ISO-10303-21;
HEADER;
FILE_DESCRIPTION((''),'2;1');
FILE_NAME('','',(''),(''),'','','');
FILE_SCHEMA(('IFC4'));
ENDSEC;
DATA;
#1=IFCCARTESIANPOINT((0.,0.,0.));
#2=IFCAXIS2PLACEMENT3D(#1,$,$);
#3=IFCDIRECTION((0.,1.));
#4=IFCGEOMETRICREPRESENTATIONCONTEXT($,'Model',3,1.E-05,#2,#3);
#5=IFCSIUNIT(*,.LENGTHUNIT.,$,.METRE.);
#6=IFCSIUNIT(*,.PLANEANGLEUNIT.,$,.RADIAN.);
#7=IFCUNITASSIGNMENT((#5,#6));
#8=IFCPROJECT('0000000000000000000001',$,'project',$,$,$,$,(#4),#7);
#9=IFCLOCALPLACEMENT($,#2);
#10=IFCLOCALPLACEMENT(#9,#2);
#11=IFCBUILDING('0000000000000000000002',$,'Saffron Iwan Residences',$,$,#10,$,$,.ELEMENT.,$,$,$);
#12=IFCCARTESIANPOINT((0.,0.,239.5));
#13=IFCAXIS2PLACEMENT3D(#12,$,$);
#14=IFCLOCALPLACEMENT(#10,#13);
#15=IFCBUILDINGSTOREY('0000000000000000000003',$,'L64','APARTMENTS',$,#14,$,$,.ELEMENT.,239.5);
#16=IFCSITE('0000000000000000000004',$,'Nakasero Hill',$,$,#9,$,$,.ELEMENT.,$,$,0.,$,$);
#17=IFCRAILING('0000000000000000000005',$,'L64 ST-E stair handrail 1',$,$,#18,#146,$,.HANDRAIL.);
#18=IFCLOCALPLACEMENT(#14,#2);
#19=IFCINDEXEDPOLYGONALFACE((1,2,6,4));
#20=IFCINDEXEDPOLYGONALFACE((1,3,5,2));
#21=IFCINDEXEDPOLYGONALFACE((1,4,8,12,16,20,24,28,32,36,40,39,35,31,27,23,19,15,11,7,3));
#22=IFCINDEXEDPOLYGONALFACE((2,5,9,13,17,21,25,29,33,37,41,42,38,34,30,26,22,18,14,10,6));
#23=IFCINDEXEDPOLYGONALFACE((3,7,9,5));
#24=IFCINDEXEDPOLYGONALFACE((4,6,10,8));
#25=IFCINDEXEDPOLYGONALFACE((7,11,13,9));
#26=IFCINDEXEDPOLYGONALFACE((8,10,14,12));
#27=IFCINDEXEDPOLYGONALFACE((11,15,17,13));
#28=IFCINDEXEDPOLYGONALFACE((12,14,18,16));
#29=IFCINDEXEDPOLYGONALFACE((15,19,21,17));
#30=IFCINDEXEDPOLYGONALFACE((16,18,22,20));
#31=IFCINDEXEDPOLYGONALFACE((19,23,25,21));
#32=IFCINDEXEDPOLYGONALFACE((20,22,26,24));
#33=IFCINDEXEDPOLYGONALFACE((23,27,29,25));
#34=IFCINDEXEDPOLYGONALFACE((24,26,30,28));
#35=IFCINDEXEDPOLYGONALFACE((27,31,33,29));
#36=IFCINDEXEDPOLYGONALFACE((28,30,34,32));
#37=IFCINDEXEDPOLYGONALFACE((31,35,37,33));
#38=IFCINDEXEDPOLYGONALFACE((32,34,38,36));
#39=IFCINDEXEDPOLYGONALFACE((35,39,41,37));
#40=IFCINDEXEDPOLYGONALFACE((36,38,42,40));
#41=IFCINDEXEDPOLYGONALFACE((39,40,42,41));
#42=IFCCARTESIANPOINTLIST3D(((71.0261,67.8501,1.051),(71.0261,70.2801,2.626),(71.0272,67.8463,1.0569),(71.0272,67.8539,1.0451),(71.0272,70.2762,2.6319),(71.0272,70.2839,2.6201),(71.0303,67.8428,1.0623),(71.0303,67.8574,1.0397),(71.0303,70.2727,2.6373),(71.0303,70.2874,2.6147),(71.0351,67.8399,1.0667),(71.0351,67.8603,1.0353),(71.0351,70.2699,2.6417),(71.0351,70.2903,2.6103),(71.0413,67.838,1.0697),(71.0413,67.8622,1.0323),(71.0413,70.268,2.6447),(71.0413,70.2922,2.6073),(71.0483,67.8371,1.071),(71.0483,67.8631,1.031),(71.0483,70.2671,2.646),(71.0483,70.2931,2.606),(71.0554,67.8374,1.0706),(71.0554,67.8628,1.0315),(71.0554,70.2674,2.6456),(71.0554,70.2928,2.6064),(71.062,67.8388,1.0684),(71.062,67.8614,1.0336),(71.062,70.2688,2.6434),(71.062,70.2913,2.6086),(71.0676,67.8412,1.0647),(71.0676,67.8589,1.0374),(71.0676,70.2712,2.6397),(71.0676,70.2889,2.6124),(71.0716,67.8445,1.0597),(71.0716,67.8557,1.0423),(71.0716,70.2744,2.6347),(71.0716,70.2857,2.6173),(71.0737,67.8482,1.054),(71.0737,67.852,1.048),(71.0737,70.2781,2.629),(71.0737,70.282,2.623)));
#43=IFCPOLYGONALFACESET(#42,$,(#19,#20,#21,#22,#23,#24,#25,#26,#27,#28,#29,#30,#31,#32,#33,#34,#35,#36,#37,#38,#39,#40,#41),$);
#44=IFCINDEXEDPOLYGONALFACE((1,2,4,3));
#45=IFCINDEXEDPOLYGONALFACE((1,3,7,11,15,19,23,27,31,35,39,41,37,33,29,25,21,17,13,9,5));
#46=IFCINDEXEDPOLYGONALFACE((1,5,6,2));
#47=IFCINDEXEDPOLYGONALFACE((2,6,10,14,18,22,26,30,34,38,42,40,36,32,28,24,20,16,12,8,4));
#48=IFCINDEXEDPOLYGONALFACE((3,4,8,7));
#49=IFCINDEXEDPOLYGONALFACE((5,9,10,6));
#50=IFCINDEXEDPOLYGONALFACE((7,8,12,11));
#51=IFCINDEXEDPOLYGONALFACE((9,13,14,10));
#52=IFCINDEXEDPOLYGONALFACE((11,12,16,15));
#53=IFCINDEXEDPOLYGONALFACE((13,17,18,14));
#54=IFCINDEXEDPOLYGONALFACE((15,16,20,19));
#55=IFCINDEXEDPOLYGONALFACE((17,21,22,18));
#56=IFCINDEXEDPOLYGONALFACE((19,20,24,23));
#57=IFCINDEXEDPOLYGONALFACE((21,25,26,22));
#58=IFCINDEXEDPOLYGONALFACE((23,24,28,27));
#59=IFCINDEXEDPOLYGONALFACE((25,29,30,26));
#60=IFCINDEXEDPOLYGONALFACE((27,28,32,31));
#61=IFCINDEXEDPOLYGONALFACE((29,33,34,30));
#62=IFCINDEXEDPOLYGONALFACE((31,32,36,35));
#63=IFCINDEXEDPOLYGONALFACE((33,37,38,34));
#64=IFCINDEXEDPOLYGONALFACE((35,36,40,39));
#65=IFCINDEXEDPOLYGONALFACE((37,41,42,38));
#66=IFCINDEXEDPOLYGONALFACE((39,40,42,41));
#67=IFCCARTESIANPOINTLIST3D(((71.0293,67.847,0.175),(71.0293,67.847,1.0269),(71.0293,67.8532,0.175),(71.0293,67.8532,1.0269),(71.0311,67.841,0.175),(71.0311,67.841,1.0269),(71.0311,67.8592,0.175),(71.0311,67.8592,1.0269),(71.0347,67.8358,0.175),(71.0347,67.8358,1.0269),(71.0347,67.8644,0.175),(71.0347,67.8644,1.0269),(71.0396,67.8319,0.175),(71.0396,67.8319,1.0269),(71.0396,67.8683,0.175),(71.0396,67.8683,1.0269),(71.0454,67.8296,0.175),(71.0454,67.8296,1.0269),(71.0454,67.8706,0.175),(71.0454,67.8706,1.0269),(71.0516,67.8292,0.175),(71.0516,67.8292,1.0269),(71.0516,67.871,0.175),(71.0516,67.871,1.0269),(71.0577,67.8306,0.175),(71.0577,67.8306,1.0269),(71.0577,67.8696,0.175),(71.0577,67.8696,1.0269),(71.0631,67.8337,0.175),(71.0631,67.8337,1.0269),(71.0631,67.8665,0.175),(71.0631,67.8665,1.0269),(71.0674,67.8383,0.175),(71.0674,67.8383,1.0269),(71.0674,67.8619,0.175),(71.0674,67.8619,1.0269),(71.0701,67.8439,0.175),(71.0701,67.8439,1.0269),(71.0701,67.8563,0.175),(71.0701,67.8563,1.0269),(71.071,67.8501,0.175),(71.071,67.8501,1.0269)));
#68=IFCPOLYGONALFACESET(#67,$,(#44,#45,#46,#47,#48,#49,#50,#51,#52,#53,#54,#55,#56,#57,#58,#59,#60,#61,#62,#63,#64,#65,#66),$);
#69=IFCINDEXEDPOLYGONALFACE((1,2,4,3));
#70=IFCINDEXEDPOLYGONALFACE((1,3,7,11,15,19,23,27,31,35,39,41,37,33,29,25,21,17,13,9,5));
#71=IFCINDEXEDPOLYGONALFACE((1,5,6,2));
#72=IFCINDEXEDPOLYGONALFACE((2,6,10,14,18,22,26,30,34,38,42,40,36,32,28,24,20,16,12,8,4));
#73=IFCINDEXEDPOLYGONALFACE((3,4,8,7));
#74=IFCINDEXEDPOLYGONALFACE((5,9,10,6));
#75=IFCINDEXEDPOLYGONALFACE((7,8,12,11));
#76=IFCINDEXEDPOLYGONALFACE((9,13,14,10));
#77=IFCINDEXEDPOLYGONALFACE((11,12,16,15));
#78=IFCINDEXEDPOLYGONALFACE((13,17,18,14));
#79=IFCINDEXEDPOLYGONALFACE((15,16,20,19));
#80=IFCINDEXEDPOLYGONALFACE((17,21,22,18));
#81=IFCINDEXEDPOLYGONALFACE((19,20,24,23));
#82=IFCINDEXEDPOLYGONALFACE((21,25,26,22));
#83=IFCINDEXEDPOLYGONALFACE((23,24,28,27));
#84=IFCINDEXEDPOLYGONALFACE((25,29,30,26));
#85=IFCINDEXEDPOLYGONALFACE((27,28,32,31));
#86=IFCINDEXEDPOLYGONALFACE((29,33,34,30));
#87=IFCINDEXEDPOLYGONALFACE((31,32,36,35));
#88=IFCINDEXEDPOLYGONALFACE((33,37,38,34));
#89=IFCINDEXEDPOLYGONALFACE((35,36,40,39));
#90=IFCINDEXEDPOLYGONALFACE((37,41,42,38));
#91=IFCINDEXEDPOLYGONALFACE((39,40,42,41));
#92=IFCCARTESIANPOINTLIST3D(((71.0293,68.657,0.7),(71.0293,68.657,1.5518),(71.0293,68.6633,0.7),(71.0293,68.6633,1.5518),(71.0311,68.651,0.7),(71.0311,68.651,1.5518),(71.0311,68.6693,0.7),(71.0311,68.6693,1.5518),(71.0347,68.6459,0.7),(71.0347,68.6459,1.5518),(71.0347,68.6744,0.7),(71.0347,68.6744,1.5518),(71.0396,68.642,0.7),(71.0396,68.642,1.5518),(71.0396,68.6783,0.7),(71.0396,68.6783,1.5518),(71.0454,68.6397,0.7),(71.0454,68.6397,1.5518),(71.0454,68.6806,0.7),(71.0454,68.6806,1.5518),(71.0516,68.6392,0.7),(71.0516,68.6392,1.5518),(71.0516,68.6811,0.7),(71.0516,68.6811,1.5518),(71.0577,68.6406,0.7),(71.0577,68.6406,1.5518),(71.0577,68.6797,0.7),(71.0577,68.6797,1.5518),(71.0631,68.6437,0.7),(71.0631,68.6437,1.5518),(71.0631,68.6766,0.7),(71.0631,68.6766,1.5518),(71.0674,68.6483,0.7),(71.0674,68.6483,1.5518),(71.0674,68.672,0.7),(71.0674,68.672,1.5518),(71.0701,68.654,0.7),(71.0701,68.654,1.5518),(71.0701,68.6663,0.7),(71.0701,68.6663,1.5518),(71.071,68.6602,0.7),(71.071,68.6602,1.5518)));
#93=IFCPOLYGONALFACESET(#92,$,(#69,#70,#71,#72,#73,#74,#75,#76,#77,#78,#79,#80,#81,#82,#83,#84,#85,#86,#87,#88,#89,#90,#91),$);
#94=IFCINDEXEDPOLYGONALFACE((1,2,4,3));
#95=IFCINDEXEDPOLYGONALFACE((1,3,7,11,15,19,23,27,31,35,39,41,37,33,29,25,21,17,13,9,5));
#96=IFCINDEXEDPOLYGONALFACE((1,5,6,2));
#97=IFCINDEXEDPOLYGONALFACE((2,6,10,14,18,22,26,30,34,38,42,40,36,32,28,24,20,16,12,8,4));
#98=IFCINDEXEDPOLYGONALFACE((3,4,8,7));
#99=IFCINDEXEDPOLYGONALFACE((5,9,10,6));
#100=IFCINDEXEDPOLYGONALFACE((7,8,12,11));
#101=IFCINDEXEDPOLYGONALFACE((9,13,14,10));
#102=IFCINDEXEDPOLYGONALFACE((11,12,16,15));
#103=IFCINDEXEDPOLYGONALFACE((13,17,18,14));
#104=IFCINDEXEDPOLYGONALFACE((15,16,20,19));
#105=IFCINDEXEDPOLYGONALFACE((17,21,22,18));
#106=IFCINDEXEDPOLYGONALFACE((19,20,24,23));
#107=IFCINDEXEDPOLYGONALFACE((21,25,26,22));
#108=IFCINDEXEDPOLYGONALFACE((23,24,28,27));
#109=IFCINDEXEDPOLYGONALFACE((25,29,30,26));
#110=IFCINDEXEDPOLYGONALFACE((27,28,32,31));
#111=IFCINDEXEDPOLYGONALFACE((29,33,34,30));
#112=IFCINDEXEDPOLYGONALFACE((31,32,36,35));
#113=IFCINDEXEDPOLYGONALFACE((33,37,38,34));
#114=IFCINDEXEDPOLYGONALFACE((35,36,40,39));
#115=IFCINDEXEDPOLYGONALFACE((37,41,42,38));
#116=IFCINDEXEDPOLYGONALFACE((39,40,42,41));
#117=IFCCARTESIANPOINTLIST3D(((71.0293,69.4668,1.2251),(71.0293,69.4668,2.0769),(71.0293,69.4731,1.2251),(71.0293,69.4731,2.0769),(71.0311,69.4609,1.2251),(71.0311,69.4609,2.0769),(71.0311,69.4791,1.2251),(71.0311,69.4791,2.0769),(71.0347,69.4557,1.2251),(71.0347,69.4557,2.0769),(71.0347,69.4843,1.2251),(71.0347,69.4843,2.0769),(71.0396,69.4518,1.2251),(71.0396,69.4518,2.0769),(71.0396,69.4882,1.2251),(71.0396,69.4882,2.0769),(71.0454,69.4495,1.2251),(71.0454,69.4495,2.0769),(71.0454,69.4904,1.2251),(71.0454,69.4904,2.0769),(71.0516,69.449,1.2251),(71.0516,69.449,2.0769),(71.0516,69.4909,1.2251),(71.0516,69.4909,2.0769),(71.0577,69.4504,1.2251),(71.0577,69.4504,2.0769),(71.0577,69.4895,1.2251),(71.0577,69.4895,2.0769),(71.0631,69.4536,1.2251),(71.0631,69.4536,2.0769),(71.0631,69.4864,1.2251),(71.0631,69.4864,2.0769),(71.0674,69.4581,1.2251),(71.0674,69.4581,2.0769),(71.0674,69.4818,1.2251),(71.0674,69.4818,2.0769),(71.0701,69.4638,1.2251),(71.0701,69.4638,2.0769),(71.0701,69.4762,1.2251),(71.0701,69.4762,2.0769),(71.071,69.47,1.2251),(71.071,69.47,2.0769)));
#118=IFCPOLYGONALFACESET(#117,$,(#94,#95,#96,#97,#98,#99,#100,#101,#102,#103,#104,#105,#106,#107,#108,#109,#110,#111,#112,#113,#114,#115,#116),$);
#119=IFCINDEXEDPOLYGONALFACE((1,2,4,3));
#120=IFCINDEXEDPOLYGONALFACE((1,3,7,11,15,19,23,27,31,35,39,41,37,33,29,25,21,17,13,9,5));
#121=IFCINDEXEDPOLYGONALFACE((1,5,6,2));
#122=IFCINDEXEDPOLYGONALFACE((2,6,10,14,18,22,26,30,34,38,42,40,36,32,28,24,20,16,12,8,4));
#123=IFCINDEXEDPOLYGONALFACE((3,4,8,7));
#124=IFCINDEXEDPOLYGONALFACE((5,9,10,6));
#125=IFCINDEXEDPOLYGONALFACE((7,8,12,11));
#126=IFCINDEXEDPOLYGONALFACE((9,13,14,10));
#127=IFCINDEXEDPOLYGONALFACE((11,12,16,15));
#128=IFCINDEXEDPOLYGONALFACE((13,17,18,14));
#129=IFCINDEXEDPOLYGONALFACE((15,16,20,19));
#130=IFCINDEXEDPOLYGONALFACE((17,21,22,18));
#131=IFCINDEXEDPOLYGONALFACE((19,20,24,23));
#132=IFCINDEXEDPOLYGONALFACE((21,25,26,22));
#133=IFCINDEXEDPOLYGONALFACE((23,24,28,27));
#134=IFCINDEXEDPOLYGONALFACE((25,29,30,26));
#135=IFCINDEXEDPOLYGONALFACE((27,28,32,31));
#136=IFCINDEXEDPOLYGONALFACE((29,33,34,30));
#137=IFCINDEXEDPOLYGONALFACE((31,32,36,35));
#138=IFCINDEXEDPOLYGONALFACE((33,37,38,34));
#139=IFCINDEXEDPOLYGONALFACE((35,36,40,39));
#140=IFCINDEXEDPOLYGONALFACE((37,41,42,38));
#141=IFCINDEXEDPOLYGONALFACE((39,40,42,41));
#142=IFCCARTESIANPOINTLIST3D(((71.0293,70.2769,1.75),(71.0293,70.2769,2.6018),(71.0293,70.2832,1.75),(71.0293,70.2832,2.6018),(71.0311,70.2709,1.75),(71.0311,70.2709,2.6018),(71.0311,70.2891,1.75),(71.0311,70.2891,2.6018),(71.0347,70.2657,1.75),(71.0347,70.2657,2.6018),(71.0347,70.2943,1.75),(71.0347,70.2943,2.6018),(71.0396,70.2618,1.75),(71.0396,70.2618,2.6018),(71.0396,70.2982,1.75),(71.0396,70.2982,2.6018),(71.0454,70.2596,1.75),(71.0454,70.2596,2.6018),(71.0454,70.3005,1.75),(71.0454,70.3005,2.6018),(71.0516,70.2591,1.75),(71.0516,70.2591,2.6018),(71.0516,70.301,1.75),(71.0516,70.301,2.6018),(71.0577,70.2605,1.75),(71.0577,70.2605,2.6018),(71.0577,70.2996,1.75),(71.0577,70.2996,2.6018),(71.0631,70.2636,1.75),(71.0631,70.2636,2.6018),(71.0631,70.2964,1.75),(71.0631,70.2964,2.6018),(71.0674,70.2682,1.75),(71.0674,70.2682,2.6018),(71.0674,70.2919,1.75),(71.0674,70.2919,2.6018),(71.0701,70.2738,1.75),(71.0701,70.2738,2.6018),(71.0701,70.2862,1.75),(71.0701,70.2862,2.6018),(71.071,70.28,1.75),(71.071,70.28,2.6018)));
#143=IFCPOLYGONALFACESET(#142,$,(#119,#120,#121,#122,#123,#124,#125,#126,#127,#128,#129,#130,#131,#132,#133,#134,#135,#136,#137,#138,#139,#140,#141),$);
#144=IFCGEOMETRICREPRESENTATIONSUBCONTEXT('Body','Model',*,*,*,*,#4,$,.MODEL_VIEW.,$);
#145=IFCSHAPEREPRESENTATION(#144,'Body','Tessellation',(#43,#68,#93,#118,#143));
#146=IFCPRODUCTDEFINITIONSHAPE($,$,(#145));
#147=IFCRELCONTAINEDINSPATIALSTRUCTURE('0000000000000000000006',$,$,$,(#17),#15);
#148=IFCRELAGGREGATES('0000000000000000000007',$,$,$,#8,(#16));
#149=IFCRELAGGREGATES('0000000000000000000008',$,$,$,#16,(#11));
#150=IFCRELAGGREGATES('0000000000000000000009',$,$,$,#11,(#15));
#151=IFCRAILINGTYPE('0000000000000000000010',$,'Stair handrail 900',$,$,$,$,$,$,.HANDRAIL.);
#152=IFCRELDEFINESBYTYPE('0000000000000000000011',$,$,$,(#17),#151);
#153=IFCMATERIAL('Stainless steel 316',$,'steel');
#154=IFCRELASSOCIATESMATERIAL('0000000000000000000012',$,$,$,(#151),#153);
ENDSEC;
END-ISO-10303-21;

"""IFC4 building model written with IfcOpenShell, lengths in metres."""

from ifc_helpers import new_model, si_unit, direction, frame, origin, origin_2d, place, context, subcontext, project, spatial, circle, extrude, material, type_object, element, save


model = new_model("IFC4")

# Units and contexts
model_context = context("Model", 3, precision=1e-05, world=origin(), true_north=direction((0.0, 1.0)))
body_context = subcontext(model_context, "Body", "Model", "MODEL_VIEW")
ifc_project = project(units=[si_unit("LENGTHUNIT", "METRE"), si_unit("PLANEANGLEUNIT", "RADIAN")], contexts=[model_context])

# Site, building, storey
site_placement = place(None, origin())
site = spatial("IfcSite", under=ifc_project, at=site_placement, Name="Nakasero Hill", CompositionType="ELEMENT", RefElevation=0.0)
building_placement = place(site_placement, origin())
building = spatial("IfcBuilding", under=site, at=building_placement, Name="Saffron Iwan Residences", CompositionType="ELEMENT")
storey_placement = place(building_placement, frame((0.0, 0.0, 239.5)))
storey = spatial("IfcBuildingStorey", under=building, at=storey_placement, Name="L64", Description="APARTMENTS", CompositionType="ELEMENT", Elevation=239.5)

# Railing
ifc_material_1 = material(Name="Stainless steel 316", Category="steel")
railing_type_1 = type_object("IfcRailingType", Name="Stair handrail 900", PredefinedType="HANDRAIL", material=ifc_material_1)
railing_1_placement = place(storey_placement, frame((71.05, 67.8501, 0.175)))
element("IfcRailing", 1, at=railing_1_placement, inside=storey, type_object=railing_type_1, Name="L64 ST-E stair handrail 1", PredefinedType="HANDRAIL", context=body_context, shape_type="SweptSolid", body=[
    extrude(circle(Radius=0.0239, at=origin_2d()), frame((0.0, 0.0, 0.876), z_axis=(0.0, 0.839154, 0.543894), x_axis=(-1.0, 0.0, 0.0)), (0.0, 0.0, 1.0), 2.8958),
    extrude(circle(Radius=0.021, at=origin_2d()), origin(), (0.0, 0.0, 1.0), 0.8518),
    extrude(circle(Radius=0.021, at=origin_2d()), frame((0.0, 0.8101, 0.5249)), (0.0, 0.0, 1.0), 0.8518),
    extrude(circle(Radius=0.021, at=origin_2d()), frame((0.0, 1.6199, 1.05)), (0.0, 0.0, 1.0), 0.8518),
    extrude(circle(Radius=0.021, at=origin_2d()), frame((0.0, 2.4299, 1.575)), (0.0, 0.0, 1.0), 0.8518),
])

save(model, "model.ifc")
